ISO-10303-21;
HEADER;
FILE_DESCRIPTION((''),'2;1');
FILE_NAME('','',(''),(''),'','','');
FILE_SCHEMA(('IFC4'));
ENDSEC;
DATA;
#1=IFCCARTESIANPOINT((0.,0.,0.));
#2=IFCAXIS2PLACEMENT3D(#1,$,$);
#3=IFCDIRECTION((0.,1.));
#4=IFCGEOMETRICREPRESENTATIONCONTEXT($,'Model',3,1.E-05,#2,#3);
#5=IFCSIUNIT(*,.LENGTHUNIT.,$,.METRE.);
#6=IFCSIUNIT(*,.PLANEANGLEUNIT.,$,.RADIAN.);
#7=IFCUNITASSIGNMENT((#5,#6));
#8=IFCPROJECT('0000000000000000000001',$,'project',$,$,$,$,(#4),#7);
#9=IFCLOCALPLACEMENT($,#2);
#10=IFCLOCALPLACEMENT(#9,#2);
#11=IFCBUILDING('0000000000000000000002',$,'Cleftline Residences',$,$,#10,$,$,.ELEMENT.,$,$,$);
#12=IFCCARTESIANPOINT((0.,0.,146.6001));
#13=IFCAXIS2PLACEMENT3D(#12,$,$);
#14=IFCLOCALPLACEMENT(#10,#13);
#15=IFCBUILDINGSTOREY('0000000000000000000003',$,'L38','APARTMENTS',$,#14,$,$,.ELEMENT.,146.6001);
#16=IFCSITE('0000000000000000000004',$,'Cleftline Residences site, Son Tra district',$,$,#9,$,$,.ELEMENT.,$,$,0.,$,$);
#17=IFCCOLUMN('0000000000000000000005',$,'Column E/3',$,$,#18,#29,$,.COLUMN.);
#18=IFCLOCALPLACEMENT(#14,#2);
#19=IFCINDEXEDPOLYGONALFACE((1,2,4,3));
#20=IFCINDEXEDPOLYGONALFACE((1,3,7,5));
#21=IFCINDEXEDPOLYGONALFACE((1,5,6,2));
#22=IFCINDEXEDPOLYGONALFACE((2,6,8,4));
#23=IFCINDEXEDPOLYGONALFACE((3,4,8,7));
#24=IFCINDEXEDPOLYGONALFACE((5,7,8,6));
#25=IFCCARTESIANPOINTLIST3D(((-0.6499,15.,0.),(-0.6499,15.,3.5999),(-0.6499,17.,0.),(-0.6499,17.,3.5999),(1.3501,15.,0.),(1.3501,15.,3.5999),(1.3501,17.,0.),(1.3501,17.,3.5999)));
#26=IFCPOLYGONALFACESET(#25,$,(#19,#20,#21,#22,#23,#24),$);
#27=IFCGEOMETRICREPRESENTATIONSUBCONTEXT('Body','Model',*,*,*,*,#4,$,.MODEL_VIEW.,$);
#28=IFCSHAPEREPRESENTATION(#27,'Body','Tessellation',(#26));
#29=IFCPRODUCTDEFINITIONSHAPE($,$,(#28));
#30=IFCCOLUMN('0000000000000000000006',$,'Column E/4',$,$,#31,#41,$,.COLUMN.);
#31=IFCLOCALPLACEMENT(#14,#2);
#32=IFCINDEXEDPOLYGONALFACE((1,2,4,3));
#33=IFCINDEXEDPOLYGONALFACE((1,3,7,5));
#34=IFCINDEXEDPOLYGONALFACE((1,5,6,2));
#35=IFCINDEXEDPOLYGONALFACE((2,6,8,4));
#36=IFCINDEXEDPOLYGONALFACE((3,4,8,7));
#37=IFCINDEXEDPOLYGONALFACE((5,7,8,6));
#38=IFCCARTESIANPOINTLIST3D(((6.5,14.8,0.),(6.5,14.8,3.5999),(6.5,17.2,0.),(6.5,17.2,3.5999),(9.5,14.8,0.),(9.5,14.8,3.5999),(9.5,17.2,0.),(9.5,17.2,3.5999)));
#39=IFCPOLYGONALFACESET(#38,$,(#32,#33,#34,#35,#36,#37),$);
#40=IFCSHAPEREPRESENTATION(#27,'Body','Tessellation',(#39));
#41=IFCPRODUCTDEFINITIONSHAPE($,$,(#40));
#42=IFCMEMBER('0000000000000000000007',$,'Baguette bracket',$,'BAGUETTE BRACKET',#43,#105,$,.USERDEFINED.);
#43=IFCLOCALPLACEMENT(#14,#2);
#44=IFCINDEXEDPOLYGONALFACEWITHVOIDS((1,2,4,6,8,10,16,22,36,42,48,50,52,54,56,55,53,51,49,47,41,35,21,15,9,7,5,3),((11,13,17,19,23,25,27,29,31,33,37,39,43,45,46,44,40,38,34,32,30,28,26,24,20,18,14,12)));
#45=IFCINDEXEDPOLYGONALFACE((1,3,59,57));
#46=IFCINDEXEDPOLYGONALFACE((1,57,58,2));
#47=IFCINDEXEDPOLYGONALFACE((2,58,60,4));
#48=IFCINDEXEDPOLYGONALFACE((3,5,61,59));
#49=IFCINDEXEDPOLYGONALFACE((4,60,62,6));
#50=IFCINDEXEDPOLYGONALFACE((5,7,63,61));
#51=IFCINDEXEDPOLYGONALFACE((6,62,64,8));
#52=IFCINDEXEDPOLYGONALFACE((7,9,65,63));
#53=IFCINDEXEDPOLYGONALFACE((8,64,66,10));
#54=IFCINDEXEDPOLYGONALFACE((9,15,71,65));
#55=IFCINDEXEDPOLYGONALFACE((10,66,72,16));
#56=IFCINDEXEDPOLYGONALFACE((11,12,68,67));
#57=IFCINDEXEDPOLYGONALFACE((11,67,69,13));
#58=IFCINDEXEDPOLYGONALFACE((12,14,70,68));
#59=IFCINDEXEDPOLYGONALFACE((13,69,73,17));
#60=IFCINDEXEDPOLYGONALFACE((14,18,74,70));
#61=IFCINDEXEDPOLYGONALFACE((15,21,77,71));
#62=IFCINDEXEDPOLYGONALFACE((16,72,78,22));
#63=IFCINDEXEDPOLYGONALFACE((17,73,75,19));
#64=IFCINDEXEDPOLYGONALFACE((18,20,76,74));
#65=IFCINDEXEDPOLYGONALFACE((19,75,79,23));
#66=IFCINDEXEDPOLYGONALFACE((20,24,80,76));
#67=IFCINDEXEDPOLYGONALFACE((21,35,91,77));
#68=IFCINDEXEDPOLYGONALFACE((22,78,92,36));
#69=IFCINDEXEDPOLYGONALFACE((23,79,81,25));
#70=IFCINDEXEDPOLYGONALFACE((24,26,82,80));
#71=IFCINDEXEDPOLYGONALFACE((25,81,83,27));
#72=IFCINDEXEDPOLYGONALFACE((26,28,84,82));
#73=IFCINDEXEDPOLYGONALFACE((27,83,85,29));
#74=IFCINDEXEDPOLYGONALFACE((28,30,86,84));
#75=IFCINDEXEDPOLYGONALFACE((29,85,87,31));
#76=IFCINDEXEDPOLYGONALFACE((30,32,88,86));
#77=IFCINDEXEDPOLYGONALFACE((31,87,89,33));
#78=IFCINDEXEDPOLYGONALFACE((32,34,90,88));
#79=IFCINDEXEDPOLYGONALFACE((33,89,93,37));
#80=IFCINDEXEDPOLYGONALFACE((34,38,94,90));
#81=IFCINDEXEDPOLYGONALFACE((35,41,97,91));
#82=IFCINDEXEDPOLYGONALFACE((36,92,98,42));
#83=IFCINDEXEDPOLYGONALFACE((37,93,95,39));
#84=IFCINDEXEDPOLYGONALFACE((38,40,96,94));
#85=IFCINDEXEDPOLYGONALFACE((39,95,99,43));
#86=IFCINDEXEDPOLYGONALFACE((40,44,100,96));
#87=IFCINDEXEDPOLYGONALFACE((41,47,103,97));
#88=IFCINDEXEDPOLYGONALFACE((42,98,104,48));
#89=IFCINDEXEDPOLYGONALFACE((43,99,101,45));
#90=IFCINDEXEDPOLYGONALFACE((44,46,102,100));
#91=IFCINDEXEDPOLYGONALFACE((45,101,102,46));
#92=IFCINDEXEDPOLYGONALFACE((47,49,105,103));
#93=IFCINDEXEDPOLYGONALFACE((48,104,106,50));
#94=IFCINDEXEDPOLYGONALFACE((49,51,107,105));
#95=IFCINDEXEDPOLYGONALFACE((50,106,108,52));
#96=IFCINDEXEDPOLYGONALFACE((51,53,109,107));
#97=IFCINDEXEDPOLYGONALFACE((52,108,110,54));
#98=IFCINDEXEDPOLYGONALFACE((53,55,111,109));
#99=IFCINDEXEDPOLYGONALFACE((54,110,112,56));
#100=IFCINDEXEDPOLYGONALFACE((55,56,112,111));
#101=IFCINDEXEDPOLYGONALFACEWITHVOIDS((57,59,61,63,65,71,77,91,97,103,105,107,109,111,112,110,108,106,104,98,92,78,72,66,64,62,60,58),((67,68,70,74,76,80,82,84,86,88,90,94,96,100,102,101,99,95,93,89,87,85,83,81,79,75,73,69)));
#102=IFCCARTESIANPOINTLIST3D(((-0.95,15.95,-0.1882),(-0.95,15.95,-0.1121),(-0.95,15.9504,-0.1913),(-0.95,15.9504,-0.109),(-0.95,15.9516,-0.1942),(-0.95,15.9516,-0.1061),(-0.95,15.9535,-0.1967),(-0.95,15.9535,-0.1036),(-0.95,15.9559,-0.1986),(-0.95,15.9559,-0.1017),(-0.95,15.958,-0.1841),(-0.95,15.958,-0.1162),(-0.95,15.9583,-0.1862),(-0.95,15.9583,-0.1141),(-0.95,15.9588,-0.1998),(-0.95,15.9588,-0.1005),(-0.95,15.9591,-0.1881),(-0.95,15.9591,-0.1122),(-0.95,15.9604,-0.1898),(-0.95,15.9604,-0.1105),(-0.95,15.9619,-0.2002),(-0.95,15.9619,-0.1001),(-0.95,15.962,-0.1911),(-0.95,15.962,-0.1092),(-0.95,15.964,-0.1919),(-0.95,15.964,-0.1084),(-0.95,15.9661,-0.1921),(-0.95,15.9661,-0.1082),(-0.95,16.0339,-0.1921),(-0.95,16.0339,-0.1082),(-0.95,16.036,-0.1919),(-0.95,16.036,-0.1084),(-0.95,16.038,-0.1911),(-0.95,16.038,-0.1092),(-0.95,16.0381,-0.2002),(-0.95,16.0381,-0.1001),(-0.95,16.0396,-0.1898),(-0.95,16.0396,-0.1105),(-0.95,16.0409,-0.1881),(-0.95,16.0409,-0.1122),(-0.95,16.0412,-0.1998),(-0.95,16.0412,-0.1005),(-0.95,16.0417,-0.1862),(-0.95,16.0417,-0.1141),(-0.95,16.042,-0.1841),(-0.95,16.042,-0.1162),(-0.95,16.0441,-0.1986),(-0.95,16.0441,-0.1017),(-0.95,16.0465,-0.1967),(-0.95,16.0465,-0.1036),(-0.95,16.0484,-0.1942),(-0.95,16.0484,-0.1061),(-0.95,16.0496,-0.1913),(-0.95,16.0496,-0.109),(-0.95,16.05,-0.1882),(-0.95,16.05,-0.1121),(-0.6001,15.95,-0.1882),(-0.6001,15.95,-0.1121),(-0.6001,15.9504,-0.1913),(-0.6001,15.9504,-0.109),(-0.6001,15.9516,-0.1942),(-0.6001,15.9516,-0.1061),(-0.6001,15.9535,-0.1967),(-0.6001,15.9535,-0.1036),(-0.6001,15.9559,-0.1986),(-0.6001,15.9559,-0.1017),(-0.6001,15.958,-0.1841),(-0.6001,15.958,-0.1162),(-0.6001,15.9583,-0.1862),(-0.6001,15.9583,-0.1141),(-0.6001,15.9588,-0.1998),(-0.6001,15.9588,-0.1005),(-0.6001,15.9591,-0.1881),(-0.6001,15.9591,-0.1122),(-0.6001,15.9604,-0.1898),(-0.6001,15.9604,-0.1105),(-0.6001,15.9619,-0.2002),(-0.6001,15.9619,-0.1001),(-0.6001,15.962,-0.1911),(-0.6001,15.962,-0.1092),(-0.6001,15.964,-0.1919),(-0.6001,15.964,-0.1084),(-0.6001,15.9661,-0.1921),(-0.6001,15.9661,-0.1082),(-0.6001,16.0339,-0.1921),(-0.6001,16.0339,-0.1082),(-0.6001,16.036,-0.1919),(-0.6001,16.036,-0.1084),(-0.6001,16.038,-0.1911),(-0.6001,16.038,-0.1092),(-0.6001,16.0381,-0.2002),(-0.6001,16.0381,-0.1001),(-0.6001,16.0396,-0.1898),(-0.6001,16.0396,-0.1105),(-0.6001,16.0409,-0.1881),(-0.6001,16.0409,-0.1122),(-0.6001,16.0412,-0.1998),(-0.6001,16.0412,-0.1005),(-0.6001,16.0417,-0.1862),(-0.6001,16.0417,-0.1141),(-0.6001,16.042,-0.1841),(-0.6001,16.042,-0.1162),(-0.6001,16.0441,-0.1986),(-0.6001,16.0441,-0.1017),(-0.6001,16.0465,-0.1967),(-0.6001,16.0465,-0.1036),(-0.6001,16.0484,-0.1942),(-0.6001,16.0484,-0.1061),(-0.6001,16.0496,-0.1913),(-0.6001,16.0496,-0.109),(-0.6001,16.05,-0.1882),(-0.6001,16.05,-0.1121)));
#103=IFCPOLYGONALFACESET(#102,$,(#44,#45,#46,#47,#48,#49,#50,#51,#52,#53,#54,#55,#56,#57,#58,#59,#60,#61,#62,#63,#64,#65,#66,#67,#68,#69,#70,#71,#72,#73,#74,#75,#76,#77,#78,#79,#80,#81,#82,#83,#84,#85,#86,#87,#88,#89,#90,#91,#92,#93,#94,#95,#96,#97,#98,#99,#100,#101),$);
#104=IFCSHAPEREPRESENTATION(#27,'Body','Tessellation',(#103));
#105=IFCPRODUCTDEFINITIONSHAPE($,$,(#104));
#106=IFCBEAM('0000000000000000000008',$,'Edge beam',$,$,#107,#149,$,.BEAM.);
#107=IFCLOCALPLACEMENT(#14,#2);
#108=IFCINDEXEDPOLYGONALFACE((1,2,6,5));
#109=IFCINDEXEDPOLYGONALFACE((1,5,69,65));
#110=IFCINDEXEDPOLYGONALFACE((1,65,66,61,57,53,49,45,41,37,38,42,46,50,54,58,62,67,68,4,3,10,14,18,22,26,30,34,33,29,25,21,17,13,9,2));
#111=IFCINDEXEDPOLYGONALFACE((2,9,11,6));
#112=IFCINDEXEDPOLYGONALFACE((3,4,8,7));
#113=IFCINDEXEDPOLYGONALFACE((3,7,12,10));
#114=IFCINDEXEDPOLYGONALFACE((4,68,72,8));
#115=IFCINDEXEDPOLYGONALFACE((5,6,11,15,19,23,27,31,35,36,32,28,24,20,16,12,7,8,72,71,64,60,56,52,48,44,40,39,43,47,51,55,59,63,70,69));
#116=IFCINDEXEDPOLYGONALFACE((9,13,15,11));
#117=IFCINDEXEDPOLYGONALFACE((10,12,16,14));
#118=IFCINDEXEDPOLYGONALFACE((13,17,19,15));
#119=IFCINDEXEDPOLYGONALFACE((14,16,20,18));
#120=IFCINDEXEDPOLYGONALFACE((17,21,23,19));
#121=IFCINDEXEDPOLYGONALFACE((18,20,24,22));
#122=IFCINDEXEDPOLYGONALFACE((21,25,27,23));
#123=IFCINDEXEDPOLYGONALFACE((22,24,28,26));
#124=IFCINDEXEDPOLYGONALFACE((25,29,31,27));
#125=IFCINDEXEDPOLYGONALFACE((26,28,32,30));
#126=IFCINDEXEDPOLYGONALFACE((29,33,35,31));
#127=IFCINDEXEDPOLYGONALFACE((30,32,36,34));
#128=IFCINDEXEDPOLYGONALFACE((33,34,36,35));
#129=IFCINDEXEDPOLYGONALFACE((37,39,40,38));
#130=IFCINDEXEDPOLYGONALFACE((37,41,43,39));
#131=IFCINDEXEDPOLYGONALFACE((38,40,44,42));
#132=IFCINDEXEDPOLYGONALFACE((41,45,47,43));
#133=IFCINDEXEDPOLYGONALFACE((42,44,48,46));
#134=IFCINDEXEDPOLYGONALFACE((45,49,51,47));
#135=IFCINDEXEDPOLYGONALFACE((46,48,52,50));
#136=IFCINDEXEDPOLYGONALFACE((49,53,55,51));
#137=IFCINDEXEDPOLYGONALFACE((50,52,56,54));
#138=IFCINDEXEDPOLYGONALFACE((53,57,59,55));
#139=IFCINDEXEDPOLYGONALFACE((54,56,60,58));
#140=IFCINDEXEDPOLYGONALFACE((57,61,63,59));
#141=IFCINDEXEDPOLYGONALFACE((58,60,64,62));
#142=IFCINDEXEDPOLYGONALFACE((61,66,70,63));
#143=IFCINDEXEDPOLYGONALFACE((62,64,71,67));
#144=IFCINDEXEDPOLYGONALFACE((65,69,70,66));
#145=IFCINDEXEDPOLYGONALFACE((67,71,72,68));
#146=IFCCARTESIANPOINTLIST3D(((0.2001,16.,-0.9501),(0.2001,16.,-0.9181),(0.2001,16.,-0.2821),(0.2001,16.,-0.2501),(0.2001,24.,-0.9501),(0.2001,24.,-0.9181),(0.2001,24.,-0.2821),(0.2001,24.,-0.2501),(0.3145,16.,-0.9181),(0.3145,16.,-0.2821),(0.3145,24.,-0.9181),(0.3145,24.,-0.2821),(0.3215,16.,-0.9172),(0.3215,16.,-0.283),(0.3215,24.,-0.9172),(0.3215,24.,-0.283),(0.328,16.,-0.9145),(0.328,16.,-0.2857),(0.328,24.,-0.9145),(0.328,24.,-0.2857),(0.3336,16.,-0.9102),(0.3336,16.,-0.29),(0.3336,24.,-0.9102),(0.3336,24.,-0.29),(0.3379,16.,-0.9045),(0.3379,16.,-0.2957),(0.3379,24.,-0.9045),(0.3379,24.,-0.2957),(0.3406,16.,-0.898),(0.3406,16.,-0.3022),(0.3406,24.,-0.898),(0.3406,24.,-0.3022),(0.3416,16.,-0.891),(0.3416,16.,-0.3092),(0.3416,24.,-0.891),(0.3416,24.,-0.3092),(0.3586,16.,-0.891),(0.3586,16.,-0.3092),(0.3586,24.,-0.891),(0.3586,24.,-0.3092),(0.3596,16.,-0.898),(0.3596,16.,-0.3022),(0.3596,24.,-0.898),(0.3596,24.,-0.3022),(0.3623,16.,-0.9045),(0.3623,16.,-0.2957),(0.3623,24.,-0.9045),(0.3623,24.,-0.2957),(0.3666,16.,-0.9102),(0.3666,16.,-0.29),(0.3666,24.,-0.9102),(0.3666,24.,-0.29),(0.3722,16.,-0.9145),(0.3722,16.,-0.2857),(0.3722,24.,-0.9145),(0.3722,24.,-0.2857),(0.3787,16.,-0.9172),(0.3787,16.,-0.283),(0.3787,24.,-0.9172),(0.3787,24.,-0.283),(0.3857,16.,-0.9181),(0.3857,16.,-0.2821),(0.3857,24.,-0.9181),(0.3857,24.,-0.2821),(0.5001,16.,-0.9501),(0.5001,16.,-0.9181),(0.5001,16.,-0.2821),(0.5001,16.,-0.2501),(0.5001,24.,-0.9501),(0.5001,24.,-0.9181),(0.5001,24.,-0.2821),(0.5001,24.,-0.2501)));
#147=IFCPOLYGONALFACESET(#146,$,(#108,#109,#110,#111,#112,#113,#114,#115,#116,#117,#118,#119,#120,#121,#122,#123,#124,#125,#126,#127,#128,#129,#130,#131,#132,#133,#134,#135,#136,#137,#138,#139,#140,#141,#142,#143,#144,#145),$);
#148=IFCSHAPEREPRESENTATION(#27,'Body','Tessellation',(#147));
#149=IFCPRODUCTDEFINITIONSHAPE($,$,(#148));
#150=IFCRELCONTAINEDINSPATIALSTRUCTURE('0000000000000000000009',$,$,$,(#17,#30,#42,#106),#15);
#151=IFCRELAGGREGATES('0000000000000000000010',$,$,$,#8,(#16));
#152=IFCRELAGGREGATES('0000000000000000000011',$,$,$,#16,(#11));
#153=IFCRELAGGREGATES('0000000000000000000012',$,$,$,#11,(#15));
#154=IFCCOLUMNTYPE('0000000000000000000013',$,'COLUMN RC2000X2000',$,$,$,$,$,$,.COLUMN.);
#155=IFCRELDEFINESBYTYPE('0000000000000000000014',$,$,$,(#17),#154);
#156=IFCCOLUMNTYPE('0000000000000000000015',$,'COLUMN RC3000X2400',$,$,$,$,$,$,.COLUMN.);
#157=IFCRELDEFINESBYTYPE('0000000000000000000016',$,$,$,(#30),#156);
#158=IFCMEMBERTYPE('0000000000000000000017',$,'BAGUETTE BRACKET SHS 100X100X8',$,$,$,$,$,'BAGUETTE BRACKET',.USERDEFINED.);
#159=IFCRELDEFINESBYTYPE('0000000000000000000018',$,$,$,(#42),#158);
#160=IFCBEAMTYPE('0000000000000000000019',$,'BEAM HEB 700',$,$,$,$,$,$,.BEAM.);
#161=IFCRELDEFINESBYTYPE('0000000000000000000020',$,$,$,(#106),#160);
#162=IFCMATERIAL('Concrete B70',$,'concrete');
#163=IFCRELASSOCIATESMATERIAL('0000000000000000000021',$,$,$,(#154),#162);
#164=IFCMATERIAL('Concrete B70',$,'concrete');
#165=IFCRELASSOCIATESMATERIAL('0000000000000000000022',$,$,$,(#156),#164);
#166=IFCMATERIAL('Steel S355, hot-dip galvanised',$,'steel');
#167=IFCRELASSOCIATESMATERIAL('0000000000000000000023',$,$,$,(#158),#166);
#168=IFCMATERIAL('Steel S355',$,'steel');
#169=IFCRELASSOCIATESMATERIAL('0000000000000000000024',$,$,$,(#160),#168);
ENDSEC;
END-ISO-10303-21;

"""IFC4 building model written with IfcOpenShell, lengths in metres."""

from ifc_helpers import new_model, si_unit, direction, frame, origin, origin_2d, place, context, subcontext, project, spatial, rectangle, hollow_rectangle, i_section, extrude, material, material_profile, profile_set, type_object, element, save


model = new_model("IFC4")

# Units and contexts
model_context = context("Model", 3, precision=1e-05, world=origin(), true_north=direction((0.0, 1.0)))
body_context = subcontext(model_context, "Body", "Model", "MODEL_VIEW")
ifc_project = project(units=[si_unit("LENGTHUNIT", "METRE"), si_unit("PLANEANGLEUNIT", "RADIAN")], contexts=[model_context])

# Site, building, storey
site_placement = place(None, origin())
site = spatial("IfcSite", under=ifc_project, at=site_placement, Name="Cleftline Residences site, Son Tra district", CompositionType="ELEMENT", RefElevation=0.0)
building_placement = place(site_placement, origin())
building = spatial("IfcBuilding", under=site, at=building_placement, Name="Cleftline Residences", CompositionType="ELEMENT")
storey_placement = place(building_placement, frame((0.0, 0.0, 146.6001)))
storey = spatial("IfcBuildingStorey", under=building, at=storey_placement, Name="L38", Description="APARTMENTS", CompositionType="ELEMENT", Elevation=146.6001)

# Columns
ifc_material_1 = material(Name="Concrete B70", Category="concrete")
ifc_material_profile_1 = material_profile(ifc_material_1, rectangle(XDim=2.0, YDim=2.0, at=origin_2d()))
ifc_profile_set_1 = profile_set([ifc_material_profile_1], Name="Concrete B70")
column_type_1 = type_object("IfcColumnType", Name="COLUMN RC2000X2000", PredefinedType="COLUMN", material=ifc_profile_set_1)
column_1_placement = place(storey_placement, frame((0.3501, 16.0, 0.0), z_axis=(0.0, 0.0, 1.0), x_axis=(1.0, 0.0, 0.0)))
element("IfcColumn", 1, at=column_1_placement, inside=storey, type_object=column_type_1, Name="Column E/3", PredefinedType="COLUMN", context=body_context, shape_type="SweptSolid", body=[
    extrude(rectangle(XDim=2.0, YDim=2.0, at=origin_2d()), origin(), (0.0, 0.0, 1.0), 3.5999),
])
ifc_material_2 = material(Name="Concrete B70", Category="concrete")
ifc_material_profile_2 = material_profile(ifc_material_2, rectangle(XDim=3.0, YDim=2.3999, at=origin_2d()))
ifc_profile_set_2 = profile_set([ifc_material_profile_2], Name="Concrete B70")
column_type_2 = type_object("IfcColumnType", Name="COLUMN RC3000X2400", PredefinedType="COLUMN", material=ifc_profile_set_2)
column_2_placement = place(storey_placement, frame((8.0, 16.0, 0.0), z_axis=(0.0, 0.0, 1.0), x_axis=(1.0, 0.0, 0.0)))
element("IfcColumn", 2, at=column_2_placement, inside=storey, type_object=column_type_2, Name="Column E/4", PredefinedType="COLUMN", context=body_context, shape_type="SweptSolid", body=[
    extrude(rectangle(XDim=3.0, YDim=2.3999, at=origin_2d()), origin(), (0.0, 0.0, 1.0), 3.5999),
])

# Member
ifc_material_3 = material(Name="Steel S355, hot-dip galvanised", Category="steel")
ifc_material_profile_3 = material_profile(ifc_material_3, hollow_rectangle(XDim=0.1001, YDim=0.1001, WallThickness=0.0081, InnerFilletRadius=0.0081, OuterFilletRadius=0.012, at=origin_2d()))
ifc_profile_set_3 = profile_set([ifc_material_profile_3], Name="Steel S355, hot-dip galvanised")
member_type_1 = type_object("IfcMemberType", Name="BAGUETTE BRACKET SHS 100X100X8", ElementType="BAGUETTE BRACKET", PredefinedType="USERDEFINED", material=ifc_profile_set_3)
member_placement = place(storey_placement, frame((-0.6001, 16.0, -0.1501), z_axis=(-1.0, 0.0, 0.0), x_axis=(0.0, -1.0, 0.0)))
element("IfcMember", 3, at=member_placement, inside=storey, type_object=member_type_1, Name="Baguette bracket", ObjectType="BAGUETTE BRACKET", PredefinedType="USERDEFINED", context=body_context, shape_type="SweptSolid", body=[
    extrude(hollow_rectangle(XDim=0.1001, YDim=0.1001, WallThickness=0.0081, InnerFilletRadius=0.0081, OuterFilletRadius=0.012, at=origin_2d()), origin(), (0.0, 0.0, 1.0), 0.3499),
])

# Beam
ifc_material_4 = material(Name="Steel S355", Category="steel")
ifc_material_profile_4 = material_profile(ifc_material_4, i_section(OverallWidth=0.3, OverallDepth=0.7, WebThickness=0.0171, FlangeThickness=0.032, FilletRadius=0.0271, at=origin_2d()))
ifc_profile_set_4 = profile_set([ifc_material_profile_4], Name="Steel S355")
beam_type_1 = type_object("IfcBeamType", Name="BEAM HEB 700", PredefinedType="BEAM", material=ifc_profile_set_4)
beam_1_placement = place(storey_placement, frame((0.3501, 16.0, -0.6001), z_axis=(0.0, 1.0, 0.0), x_axis=(-1.0, 0.0, 0.0)))
element("IfcBeam", 4, at=beam_1_placement, inside=storey, type_object=beam_type_1, Name="Edge beam", PredefinedType="BEAM", context=body_context, shape_type="SweptSolid", body=[
    extrude(i_section(OverallWidth=0.3, OverallDepth=0.7, WebThickness=0.0171, FlangeThickness=0.032, FilletRadius=0.0271, at=origin_2d()), origin(), (0.0, 0.0, 1.0), 8.0),
])

save(model, "model.ifc")
